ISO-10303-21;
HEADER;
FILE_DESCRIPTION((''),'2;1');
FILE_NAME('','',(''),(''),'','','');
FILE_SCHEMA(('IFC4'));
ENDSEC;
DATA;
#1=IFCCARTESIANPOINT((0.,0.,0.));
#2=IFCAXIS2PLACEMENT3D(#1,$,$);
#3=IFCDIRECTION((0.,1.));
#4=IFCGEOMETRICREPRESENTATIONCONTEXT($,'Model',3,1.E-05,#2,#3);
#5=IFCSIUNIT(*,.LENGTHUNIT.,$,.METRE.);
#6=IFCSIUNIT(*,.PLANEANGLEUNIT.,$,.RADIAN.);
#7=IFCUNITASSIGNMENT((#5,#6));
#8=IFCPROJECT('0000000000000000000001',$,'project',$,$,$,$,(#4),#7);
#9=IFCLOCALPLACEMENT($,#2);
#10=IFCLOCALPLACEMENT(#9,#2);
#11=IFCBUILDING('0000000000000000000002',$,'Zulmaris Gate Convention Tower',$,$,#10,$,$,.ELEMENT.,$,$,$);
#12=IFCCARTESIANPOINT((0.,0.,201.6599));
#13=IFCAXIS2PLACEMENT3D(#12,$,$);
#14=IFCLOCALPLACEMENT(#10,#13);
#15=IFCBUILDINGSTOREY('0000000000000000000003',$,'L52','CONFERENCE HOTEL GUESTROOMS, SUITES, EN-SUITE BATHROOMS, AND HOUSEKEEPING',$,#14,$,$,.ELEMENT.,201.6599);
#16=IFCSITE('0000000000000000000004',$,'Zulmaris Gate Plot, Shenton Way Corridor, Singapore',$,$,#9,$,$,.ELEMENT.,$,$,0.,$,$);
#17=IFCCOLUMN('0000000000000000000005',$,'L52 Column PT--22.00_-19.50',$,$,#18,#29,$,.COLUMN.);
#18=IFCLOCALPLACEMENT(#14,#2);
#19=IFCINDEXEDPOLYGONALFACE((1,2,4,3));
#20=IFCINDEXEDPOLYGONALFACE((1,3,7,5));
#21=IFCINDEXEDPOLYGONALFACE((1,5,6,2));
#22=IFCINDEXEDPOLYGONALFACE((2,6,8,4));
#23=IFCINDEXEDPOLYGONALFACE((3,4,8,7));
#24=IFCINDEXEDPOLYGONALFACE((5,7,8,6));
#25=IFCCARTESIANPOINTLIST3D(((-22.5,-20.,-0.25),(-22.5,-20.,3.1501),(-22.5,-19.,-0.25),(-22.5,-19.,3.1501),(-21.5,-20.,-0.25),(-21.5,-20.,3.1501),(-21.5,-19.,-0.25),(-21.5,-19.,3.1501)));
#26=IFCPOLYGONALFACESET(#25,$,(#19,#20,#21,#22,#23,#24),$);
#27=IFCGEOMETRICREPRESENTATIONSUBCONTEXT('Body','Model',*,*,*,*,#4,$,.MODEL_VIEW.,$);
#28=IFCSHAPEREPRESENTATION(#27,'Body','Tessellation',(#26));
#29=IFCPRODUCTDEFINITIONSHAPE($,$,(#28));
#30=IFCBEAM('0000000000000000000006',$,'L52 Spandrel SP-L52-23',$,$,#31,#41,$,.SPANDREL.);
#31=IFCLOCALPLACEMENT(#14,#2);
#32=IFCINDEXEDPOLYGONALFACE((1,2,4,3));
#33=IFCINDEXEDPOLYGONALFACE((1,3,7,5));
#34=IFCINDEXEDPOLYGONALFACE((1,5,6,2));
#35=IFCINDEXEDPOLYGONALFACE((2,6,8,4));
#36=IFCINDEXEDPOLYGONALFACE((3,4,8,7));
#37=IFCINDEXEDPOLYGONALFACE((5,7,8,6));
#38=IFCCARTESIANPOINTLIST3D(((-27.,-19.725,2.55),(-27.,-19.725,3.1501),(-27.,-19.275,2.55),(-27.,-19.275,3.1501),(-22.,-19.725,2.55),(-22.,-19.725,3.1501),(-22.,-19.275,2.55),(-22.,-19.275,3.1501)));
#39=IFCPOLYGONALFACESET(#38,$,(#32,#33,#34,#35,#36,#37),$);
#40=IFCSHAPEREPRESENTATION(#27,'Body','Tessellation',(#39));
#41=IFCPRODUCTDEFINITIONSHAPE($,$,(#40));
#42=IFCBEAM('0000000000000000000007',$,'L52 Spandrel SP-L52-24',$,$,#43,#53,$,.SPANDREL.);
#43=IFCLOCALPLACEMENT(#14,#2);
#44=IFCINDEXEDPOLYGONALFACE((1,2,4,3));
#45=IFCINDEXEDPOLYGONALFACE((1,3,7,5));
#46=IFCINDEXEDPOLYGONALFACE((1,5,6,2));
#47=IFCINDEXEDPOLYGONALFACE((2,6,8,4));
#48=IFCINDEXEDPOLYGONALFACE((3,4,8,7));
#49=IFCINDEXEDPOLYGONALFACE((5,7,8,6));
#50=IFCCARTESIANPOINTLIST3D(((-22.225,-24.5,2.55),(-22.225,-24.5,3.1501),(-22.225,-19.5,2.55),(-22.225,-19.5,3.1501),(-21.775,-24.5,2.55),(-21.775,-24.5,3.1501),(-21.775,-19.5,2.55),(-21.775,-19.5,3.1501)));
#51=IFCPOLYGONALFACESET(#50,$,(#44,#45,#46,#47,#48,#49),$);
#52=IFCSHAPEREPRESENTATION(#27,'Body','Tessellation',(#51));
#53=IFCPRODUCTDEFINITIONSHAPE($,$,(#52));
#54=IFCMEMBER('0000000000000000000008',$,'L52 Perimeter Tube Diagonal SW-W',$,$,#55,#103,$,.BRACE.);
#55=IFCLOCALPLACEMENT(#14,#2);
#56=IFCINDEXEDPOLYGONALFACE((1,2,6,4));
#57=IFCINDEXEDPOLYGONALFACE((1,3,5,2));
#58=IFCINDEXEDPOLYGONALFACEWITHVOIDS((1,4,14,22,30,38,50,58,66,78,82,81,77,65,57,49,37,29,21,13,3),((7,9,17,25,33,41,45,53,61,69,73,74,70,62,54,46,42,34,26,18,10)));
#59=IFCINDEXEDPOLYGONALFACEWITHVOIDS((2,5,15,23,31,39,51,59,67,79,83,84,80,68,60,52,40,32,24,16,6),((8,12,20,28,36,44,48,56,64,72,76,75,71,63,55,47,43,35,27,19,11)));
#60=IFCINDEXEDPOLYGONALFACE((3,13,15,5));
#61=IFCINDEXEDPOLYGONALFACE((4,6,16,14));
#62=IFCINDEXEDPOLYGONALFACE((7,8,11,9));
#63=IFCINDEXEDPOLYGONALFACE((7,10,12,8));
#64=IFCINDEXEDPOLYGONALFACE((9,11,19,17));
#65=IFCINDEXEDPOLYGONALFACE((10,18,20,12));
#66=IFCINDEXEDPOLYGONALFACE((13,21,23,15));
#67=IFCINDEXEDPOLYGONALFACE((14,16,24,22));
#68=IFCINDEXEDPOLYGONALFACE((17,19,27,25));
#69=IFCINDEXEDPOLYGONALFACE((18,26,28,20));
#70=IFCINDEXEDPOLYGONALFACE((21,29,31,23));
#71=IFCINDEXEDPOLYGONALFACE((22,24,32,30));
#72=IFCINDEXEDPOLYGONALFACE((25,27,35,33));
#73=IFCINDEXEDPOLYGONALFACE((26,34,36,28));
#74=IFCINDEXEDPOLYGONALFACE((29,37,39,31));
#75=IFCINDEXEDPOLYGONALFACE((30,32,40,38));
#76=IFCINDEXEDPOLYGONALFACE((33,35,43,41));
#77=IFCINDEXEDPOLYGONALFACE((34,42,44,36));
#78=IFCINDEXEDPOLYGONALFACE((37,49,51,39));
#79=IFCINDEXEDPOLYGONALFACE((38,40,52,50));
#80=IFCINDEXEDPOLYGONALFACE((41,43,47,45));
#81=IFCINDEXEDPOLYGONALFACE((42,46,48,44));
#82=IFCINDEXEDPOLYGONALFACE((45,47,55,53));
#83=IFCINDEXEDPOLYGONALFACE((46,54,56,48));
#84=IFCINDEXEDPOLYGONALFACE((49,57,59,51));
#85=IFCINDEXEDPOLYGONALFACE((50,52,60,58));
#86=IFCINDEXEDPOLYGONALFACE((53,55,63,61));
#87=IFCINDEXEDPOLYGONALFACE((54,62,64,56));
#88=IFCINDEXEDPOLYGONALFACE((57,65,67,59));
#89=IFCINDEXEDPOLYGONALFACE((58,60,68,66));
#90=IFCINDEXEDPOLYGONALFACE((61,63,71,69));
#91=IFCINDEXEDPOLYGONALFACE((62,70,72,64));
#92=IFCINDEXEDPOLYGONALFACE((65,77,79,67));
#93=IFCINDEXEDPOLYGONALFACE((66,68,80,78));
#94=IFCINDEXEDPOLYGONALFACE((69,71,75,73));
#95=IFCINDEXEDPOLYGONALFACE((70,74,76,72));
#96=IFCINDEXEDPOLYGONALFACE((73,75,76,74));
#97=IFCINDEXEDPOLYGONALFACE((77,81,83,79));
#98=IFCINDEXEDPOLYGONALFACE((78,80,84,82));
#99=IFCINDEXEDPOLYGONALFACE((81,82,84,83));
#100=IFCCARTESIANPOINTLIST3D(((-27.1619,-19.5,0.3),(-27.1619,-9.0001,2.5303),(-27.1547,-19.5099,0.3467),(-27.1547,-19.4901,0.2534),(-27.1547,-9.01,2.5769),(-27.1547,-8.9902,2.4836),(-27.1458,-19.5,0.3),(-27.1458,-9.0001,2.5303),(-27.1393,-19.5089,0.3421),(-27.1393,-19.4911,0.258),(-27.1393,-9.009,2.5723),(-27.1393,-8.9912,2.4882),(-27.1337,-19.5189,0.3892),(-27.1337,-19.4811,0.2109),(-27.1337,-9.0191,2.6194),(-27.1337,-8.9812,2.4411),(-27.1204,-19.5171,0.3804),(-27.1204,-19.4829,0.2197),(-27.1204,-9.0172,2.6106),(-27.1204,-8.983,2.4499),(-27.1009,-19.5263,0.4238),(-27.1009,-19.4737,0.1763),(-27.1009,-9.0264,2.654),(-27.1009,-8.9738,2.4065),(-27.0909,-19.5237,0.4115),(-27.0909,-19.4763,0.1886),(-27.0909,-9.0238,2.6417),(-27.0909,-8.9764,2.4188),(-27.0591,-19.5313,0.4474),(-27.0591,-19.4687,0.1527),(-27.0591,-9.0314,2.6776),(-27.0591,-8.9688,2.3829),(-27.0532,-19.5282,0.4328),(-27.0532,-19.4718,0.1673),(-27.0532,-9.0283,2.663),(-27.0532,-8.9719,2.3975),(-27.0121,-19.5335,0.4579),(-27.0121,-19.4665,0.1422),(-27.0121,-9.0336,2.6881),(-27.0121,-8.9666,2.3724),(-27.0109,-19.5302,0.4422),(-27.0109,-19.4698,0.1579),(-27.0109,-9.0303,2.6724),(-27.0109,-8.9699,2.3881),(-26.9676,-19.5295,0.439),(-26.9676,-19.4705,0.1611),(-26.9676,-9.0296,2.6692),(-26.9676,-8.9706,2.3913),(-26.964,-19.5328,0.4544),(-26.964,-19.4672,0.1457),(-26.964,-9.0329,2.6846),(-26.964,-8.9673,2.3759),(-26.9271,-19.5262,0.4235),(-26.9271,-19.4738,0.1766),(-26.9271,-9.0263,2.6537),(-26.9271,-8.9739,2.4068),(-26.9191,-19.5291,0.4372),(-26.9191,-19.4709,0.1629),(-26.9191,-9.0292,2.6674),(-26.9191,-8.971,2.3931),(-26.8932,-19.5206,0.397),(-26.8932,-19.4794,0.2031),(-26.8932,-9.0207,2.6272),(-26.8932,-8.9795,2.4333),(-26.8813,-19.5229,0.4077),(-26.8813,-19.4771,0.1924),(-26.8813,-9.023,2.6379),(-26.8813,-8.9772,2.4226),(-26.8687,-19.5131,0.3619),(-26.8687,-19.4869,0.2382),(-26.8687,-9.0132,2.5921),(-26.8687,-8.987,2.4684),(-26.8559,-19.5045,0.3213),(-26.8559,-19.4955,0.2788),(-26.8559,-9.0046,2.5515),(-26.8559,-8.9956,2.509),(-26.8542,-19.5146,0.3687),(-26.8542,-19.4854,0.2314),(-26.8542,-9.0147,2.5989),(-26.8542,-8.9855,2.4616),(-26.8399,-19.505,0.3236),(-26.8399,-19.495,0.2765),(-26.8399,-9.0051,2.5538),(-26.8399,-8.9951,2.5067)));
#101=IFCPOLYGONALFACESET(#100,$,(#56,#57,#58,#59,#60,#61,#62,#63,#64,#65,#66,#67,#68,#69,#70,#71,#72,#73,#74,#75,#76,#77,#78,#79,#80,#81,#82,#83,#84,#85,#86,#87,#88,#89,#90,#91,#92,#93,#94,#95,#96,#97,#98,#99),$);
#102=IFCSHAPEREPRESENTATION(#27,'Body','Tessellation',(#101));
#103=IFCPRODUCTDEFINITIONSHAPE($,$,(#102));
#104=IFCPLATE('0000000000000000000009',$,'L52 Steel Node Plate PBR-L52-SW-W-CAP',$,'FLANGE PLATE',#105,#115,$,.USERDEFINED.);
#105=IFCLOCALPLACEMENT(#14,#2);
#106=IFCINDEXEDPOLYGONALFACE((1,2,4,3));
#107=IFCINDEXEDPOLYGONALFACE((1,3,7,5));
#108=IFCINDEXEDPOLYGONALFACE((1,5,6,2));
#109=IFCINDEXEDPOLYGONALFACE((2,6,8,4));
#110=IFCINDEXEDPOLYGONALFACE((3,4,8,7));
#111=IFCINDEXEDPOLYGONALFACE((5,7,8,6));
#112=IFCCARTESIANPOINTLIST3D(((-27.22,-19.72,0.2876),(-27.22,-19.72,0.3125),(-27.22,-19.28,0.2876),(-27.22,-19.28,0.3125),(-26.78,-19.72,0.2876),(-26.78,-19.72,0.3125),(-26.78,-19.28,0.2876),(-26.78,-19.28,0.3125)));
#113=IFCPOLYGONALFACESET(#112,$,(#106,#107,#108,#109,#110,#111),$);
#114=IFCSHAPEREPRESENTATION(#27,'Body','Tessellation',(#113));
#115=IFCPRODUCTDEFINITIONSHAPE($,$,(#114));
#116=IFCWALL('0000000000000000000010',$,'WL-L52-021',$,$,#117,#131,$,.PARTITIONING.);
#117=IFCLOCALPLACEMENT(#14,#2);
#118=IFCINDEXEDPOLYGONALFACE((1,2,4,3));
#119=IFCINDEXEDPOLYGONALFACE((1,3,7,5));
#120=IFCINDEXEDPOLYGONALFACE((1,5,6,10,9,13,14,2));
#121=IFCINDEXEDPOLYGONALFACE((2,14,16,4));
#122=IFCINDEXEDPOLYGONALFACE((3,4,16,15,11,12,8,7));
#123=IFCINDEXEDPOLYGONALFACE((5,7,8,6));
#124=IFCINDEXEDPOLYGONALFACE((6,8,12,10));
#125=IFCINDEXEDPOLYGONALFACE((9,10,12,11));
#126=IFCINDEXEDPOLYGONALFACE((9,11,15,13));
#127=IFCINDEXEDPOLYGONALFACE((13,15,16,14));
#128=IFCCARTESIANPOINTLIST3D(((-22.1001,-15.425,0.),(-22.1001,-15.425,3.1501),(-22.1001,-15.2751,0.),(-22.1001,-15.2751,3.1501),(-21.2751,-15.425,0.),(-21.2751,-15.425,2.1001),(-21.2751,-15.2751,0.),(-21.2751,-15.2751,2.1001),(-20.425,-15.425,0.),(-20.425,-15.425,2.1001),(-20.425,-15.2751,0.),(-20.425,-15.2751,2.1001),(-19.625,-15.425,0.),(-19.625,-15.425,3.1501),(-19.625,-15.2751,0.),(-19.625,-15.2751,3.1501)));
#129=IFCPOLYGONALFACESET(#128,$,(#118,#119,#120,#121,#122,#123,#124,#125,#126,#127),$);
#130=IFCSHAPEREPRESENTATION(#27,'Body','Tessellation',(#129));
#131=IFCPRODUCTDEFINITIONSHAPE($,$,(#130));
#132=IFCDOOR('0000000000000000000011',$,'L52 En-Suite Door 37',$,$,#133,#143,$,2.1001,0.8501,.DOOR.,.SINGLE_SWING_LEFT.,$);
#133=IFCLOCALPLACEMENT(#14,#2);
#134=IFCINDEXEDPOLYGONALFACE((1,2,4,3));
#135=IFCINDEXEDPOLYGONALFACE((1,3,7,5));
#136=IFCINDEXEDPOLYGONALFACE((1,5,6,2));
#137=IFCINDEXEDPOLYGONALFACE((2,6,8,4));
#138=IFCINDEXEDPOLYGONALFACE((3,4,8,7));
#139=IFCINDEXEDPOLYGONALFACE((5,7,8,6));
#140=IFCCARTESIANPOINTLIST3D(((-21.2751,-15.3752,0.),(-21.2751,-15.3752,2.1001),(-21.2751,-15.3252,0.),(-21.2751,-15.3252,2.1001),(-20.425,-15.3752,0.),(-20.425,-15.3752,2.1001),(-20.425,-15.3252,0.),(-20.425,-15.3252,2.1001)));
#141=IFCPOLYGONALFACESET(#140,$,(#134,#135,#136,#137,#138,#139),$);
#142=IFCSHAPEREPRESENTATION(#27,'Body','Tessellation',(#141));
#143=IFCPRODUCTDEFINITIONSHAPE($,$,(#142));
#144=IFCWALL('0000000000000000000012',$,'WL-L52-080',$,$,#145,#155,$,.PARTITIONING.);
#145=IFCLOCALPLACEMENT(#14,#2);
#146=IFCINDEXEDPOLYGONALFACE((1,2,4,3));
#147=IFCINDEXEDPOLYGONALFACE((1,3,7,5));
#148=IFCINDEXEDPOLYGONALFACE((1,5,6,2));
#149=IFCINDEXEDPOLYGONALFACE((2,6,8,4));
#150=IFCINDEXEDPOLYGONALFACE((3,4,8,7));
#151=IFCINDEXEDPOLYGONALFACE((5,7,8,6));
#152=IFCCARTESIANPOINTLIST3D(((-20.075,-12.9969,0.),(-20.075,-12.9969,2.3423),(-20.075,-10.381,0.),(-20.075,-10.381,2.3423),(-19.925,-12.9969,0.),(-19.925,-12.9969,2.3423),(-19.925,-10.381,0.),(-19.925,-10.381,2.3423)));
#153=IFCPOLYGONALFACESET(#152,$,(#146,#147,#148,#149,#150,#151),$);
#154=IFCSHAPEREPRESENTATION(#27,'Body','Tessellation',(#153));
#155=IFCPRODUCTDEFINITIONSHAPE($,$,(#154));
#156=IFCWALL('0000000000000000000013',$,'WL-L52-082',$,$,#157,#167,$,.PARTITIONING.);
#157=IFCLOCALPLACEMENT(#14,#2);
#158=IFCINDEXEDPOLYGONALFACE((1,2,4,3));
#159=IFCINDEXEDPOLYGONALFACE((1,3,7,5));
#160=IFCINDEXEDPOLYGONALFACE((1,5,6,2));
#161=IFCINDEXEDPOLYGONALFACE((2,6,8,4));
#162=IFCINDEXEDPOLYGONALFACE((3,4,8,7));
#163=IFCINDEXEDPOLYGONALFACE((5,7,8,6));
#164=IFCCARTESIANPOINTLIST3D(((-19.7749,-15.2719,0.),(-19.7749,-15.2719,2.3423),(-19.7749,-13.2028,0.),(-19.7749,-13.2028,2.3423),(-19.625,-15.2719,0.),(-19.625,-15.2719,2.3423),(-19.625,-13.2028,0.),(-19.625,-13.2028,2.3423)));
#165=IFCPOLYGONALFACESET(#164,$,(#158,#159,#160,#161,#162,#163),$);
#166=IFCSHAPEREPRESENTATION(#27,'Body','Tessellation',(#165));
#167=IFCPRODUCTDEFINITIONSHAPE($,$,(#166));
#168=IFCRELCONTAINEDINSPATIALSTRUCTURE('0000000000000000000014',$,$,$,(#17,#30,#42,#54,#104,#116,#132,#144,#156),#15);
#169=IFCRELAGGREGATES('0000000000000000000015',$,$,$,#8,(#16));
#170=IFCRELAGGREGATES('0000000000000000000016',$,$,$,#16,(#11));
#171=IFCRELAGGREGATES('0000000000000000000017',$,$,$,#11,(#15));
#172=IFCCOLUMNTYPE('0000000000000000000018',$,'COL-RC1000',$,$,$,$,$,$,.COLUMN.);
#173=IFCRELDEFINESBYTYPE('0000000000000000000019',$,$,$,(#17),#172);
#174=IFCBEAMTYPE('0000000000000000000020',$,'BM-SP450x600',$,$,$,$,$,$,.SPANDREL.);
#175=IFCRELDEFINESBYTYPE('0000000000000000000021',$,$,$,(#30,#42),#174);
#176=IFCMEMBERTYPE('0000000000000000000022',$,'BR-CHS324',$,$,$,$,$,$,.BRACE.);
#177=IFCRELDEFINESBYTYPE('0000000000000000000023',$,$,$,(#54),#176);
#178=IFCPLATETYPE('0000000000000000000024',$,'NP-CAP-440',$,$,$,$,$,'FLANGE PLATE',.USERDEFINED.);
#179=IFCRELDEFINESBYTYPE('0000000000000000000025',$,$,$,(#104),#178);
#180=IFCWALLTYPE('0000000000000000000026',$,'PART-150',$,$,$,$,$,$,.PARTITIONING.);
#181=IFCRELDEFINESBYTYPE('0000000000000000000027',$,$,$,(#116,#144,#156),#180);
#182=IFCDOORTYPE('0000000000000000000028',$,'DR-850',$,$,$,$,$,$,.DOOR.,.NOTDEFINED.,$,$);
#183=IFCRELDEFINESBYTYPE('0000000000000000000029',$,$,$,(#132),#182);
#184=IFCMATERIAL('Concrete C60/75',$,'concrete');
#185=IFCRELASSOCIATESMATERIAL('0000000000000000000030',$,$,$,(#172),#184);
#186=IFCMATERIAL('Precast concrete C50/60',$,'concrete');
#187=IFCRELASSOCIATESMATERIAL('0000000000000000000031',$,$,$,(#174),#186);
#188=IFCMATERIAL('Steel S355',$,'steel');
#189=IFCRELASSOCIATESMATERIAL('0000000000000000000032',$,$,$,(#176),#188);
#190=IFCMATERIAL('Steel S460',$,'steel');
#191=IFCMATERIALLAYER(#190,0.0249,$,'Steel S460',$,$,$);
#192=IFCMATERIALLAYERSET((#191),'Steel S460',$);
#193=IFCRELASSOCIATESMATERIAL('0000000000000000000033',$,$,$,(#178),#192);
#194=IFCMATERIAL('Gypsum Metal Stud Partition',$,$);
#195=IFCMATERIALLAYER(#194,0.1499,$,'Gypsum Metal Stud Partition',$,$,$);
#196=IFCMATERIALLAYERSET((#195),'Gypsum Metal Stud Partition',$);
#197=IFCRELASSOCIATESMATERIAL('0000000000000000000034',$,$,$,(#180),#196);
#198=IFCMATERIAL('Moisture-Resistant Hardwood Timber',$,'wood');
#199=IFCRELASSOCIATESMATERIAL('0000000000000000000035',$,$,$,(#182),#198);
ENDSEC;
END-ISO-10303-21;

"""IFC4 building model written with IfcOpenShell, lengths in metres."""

from ifc_helpers import new_model, si_unit, direction, frame, frame_2d, origin, origin_2d, place, context, subcontext, project, spatial, rectangle, hollow_circle, extrude, material, layer, layer_set, material_profile, profile_set, type_object, element, fill, save


model = new_model("IFC4")

# Units and contexts
model_context = context("Model", 3, precision=1e-05, world=origin(), true_north=direction((0.0, 1.0)))
body_context = subcontext(model_context, "Body", "Model", "MODEL_VIEW")
ifc_project = project(units=[si_unit("LENGTHUNIT", "METRE"), si_unit("PLANEANGLEUNIT", "RADIAN")], contexts=[model_context])

# Site, building, storey
site_placement = place(None, origin())
site = spatial("IfcSite", under=ifc_project, at=site_placement, Name="Zulmaris Gate Plot, Shenton Way Corridor, Singapore", CompositionType="ELEMENT", RefElevation=0.0)
building_placement = place(site_placement, origin())
building = spatial("IfcBuilding", under=site, at=building_placement, Name="Zulmaris Gate Convention Tower", CompositionType="ELEMENT")
storey_placement = place(building_placement, frame((0.0, 0.0, 201.6599)))
storey = spatial("IfcBuildingStorey", under=building, at=storey_placement, Name="L52", Description="CONFERENCE HOTEL GUESTROOMS, SUITES, EN-SUITE BATHROOMS, AND HOUSEKEEPING", CompositionType="ELEMENT", Elevation=201.6599)

# Column
ifc_material_1 = material(Name="Concrete C60/75", Category="concrete")
ifc_material_profile_1 = material_profile(ifc_material_1, rectangle(XDim=1.0, YDim=1.0, at=origin_2d()), Name="RC COL 1000x1000")
ifc_profile_set_1 = profile_set([ifc_material_profile_1], Name="Concrete C60/75")
column_type = type_object("IfcColumnType", Name="COL-RC1000", PredefinedType="COLUMN", material=ifc_profile_set_1)
column_placement = place(storey_placement, frame((-22.0, -19.5, -0.25), z_axis=(0.0, 0.0, 1.0), x_axis=(1.0, 0.0, 0.0)))
element("IfcColumn", 1, at=column_placement, inside=storey, type_object=column_type, Name="L52 Column PT--22.00_-19.50", PredefinedType="COLUMN", context=body_context, shape_type="SweptSolid", body=[
    extrude(rectangle(XDim=1.0, YDim=1.0, at=origin_2d()), origin(), (0.0, 0.0, 1.0), 3.4001),
])

# Beams
ifc_material_2 = material(Name="Precast concrete C50/60", Category="concrete")
ifc_material_profile_2 = material_profile(ifc_material_2, rectangle(XDim=0.45, YDim=0.6001, at=origin_2d()), Name="RC SPANDREL 450x600")
ifc_profile_set_2 = profile_set([ifc_material_profile_2], Name="Precast concrete C50/60")
beam_type = type_object("IfcBeamType", Name="BM-SP450x600", PredefinedType="SPANDREL", material=ifc_profile_set_2)
for number, where, z_axis, x_axis, name in (
    (2, (-27.0, -19.5, 2.8501), (1.0, 0.0, 0.0), (0.0, 1.0, 0.0), "L52 Spandrel SP-L52-23"),
    (3, (-22.0, -19.5, 2.8501), (0.0, -1.0, 0.0), (1.0, 0.0, 0.0), "L52 Spandrel SP-L52-24"),
):
    element("IfcBeam", number, at=place(storey_placement, frame(where, z_axis=z_axis, x_axis=x_axis)), inside=storey, type_object=beam_type, Name=name, PredefinedType="SPANDREL", context=body_context, shape_type="SweptSolid", body=[
        extrude(rectangle(XDim=0.45, YDim=0.6001, at=origin_2d()), origin(), (0.0, 0.0, 1.0), 5.0),
    ])

# Member
ifc_material_3 = material(Name="Steel S355", Category="steel")
ifc_material_profile_3 = material_profile(ifc_material_3, hollow_circle(Radius=0.1619, WallThickness=0.0161, at=origin_2d()), Name="CHS 323.9x16")
ifc_profile_set_3 = profile_set([ifc_material_profile_3], Name="Steel S355")
member_type = type_object("IfcMemberType", Name="BR-CHS324", PredefinedType="BRACE", material=ifc_profile_set_3)
member_placement = place(storey_placement, frame((-27.0, -19.5, 0.3), z_axis=(0.0, 0.978178, 0.207767), x_axis=(-1.0, 0.0, 0.0)))
element("IfcMember", 4, at=member_placement, inside=storey, type_object=member_type, Name="L52 Perimeter Tube Diagonal SW-W", PredefinedType="BRACE", context=body_context, shape_type="SweptSolid", body=[
    extrude(hollow_circle(Radius=0.1619, WallThickness=0.0161, at=origin_2d()), origin(), (0.0, 0.0, 1.0), 10.7341),
])

# Plate
ifc_material_4 = material(Name="Steel S460", Category="steel")
ifc_layer_1 = layer(ifc_material_4, 0.0249, Name="Steel S460")
ifc_layer_set_1 = layer_set([ifc_layer_1], Name="Steel S460")
plate_type = type_object("IfcPlateType", Name="NP-CAP-440", ElementType="FLANGE PLATE", PredefinedType="USERDEFINED", material=ifc_layer_set_1)
plate_placement = place(storey_placement, frame((-27.0, -19.5, 0.2876), z_axis=(0.0, 0.0, 1.0), x_axis=(1.0, 0.0, 0.0)))
element("IfcPlate", 5, at=plate_placement, inside=storey, type_object=plate_type, Name="L52 Steel Node Plate PBR-L52-SW-W-CAP", ObjectType="FLANGE PLATE", PredefinedType="USERDEFINED", context=body_context, shape_type="SweptSolid", body=[
    extrude(rectangle(XDim=0.4399, YDim=0.4399, at=origin_2d()), origin(), (0.0, 0.0, 1.0), 0.0249),
])

# Wall, opening, door
ifc_material_5 = material(Name="Gypsum Metal Stud Partition")
ifc_layer_2 = layer(ifc_material_5, 0.1499, Name="Gypsum Metal Stud Partition")
ifc_layer_set_2 = layer_set([ifc_layer_2], Name="Gypsum Metal Stud Partition")
wall_type_1 = type_object("IfcWallType", Name="PART-150", PredefinedType="PARTITIONING", material=ifc_layer_set_2)
wall_1_placement = place(storey_placement, frame((-22.1001, -15.3501, 0.0), z_axis=(0.0, 0.0, 1.0), x_axis=(1.0, 0.0, 0.0)))
wall_1 = element("IfcWall", 6, at=wall_1_placement, inside=storey, type_object=wall_type_1, Name="WL-L52-021", PredefinedType="PARTITIONING", context=body_context, shape_type="SweptSolid", body=[
    extrude(rectangle(XDim=2.4751, YDim=0.1499, at=frame_2d((1.2375, 0.0))), origin(), (0.0, 0.0, 1.0), 3.1501),
])
opening_1_placement = place(wall_1_placement, frame((0.825, 0.0, 0.0)))
opening_1 = element("IfcOpeningElement", 7, at=opening_1_placement, cuts=wall_1, PredefinedType="OPENING", context=body_context, shape_type="SweptSolid", body=[
    extrude(rectangle(XDim=0.8501, YDim=2.1001, at=frame_2d((0.425, 1.05))), frame((0.0, 0.085, 0.0), z_axis=(0.0, -1.0, 0.0), x_axis=(1.0, 0.0, 0.0)), (0.0, 0.0, 1.0), 0.1699),
])
ifc_material_6 = material(Name="Moisture-Resistant Hardwood Timber", Category="wood")
door_type_1 = type_object("IfcDoorType", Name="DR-850", OperationType="NOTDEFINED", PredefinedType="DOOR", material=ifc_material_6)
door_1_placement = place(opening_1_placement, origin())
door_1 = element("IfcDoor", 8, at=door_1_placement, inside=storey, type_object=door_type_1, Name="L52 En-Suite Door 37", OperationType="SINGLE_SWING_LEFT", OverallHeight=2.1001, OverallWidth=0.8501, PredefinedType="DOOR", context=body_context, shape_type="SweptSolid", body=[
    extrude(rectangle(XDim=0.8501, YDim=2.1001, at=frame_2d((0.425, 1.05))), frame((0.0, 0.0249, 0.0), z_axis=(0.0, -1.0, 0.0), x_axis=(1.0, 0.0, 0.0)), (0.0, 0.0, 1.0), 0.05),
])
fill(opening_1, door_1)

# Walls
wall_2_placement = place(storey_placement, frame((-20.0, -12.9971, 0.0), z_axis=(0.0, 0.0, 1.0), x_axis=(0.0, 1.0, 0.0)))
element("IfcWall", 9, at=wall_2_placement, inside=storey, type_object=wall_type_1, Name="WL-L52-080", PredefinedType="PARTITIONING", context=body_context, shape_type="SweptSolid", body=[
    extrude(rectangle(XDim=2.616, YDim=0.1499, at=frame_2d((1.3081, 0.0))), origin(), (0.0, 0.0, 1.0), 2.3423),
])
wall_3_placement = place(storey_placement, frame((-19.7, -15.272, 0.0), z_axis=(0.0, 0.0, 1.0), x_axis=(0.0, 1.0, 0.0)))
element("IfcWall", 10, at=wall_3_placement, inside=storey, type_object=wall_type_1, Name="WL-L52-082", PredefinedType="PARTITIONING", context=body_context, shape_type="SweptSolid", body=[
    extrude(rectangle(XDim=2.0691, YDim=0.1499, at=frame_2d((1.0347, 0.0))), origin(), (0.0, 0.0, 1.0), 2.3423),
])

save(model, "model.ifc")
